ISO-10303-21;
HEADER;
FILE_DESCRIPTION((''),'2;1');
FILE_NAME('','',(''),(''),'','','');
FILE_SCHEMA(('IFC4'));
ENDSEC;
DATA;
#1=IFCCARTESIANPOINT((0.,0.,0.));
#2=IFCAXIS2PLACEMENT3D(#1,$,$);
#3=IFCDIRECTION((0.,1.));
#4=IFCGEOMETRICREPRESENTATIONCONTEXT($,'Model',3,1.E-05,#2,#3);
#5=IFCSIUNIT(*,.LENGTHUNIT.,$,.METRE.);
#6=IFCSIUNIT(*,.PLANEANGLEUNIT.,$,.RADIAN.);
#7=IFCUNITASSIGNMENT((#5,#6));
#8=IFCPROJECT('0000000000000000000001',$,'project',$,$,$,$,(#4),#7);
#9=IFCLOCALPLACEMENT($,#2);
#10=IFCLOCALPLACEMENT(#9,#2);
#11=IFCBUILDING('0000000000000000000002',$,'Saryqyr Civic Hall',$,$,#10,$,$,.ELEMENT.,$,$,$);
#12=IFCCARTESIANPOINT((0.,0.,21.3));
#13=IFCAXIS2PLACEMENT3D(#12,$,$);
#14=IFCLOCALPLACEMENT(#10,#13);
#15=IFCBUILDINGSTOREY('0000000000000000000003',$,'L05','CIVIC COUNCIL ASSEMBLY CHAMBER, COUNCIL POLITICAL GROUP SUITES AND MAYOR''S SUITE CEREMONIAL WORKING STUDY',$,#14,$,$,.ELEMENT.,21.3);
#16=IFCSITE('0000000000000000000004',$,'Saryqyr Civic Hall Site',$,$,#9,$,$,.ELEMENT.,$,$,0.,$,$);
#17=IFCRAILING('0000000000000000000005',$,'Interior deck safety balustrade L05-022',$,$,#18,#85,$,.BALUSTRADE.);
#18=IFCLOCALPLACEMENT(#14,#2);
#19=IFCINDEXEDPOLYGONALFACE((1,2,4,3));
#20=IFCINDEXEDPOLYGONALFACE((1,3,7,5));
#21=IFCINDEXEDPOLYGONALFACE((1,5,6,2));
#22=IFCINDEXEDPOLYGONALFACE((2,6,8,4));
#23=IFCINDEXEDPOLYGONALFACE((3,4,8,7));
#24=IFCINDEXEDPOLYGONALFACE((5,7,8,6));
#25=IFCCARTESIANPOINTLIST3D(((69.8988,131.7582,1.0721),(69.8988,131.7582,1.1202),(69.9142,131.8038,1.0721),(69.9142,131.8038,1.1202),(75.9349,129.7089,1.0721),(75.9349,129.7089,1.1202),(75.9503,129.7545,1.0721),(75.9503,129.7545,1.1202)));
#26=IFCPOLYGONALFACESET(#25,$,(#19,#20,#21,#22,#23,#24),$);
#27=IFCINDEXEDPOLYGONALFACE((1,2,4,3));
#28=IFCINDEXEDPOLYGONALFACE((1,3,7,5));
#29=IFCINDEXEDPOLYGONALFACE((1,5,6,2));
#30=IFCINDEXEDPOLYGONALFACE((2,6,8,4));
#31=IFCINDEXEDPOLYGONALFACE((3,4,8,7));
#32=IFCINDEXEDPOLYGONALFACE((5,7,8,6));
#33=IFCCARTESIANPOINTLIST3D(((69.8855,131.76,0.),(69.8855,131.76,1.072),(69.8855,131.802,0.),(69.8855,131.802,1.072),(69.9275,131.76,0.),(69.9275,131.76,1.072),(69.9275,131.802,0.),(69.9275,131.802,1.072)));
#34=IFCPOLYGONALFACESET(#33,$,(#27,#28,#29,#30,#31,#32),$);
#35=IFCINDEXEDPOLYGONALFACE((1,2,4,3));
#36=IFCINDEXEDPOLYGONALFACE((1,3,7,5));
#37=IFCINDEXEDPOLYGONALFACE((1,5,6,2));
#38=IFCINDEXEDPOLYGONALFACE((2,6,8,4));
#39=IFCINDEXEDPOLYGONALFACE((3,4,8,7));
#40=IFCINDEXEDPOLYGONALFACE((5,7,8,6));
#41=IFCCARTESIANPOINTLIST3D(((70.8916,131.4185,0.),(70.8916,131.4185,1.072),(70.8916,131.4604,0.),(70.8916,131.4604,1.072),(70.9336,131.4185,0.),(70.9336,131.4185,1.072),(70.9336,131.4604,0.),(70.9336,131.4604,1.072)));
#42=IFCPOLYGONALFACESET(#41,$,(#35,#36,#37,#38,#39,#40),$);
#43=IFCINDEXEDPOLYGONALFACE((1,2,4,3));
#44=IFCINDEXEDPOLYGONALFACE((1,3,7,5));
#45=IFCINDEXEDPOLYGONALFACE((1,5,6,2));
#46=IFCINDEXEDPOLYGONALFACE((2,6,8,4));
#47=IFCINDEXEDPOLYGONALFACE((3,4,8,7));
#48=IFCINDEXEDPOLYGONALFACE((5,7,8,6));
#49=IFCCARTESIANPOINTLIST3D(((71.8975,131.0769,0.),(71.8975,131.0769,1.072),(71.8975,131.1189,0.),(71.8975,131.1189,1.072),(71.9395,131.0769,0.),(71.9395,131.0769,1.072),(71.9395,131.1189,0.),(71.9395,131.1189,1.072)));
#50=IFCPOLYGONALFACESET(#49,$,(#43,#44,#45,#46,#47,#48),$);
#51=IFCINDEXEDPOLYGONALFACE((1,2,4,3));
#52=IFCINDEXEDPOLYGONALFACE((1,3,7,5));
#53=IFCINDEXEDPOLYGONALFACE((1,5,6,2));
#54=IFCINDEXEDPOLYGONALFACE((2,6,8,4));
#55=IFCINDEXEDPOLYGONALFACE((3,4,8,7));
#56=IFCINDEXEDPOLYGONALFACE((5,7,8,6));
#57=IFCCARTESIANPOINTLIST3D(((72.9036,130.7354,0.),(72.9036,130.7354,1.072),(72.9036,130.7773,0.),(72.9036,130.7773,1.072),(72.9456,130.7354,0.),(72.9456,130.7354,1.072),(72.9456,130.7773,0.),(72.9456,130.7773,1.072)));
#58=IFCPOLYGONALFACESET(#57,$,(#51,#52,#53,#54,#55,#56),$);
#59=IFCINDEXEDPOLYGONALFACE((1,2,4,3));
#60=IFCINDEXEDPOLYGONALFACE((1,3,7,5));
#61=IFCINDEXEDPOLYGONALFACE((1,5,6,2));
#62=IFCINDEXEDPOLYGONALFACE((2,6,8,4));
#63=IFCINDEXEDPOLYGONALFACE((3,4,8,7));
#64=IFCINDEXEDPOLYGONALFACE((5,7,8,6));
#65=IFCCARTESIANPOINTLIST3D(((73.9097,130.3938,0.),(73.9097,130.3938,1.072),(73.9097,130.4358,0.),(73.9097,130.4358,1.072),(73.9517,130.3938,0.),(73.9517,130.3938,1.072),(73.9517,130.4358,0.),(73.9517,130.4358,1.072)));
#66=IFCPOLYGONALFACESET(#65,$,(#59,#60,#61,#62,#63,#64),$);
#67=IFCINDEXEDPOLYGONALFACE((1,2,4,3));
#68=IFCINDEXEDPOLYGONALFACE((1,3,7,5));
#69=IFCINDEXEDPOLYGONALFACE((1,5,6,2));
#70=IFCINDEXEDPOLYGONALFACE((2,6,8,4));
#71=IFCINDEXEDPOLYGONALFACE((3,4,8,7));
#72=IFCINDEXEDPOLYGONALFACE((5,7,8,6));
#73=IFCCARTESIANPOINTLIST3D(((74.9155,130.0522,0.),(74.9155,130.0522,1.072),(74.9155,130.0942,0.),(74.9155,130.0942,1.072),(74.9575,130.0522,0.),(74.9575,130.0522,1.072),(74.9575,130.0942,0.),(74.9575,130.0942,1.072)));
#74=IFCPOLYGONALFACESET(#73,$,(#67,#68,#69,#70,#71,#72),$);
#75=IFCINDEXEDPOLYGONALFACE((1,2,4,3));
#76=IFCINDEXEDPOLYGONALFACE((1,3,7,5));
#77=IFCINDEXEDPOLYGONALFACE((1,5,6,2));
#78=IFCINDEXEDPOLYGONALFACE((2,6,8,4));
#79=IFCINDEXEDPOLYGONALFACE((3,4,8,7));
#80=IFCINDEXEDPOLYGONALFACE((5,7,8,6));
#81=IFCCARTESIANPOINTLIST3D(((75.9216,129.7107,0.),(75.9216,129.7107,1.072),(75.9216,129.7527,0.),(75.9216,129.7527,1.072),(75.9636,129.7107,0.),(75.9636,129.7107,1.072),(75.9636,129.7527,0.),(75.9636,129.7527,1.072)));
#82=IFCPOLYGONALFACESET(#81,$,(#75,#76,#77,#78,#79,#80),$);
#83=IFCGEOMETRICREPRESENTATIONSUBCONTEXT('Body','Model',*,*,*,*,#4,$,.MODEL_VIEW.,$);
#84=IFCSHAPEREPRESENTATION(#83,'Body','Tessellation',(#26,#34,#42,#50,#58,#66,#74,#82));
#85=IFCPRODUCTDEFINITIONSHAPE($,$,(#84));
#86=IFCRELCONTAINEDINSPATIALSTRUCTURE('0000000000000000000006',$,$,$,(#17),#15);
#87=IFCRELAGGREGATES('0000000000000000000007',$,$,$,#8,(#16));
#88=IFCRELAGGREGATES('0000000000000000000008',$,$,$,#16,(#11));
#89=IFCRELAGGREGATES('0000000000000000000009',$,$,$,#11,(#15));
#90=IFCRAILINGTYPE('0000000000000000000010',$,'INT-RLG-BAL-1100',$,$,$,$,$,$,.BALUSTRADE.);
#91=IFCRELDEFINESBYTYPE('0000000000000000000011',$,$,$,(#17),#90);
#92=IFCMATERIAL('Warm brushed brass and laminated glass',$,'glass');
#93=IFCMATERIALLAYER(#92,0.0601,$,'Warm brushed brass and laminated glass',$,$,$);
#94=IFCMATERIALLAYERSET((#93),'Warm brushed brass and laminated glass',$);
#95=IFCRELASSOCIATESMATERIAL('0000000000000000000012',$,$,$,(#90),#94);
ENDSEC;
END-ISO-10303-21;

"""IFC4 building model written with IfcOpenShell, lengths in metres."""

from ifc_helpers import new_model, si_unit, direction, frame, origin, origin_2d, place, context, subcontext, project, spatial, rectangle, extrude, material, layer, layer_set, type_object, element, save


model = new_model("IFC4")

# Units and contexts
model_context = context("Model", 3, precision=1e-05, world=origin(), true_north=direction((0.0, 1.0)))
body_context = subcontext(model_context, "Body", "Model", "MODEL_VIEW")
ifc_project = project(units=[si_unit("LENGTHUNIT", "METRE"), si_unit("PLANEANGLEUNIT", "RADIAN")], contexts=[model_context])

# Site, building, storey
site_placement = place(None, origin())
site = spatial("IfcSite", under=ifc_project, at=site_placement, Name="Saryqyr Civic Hall Site", CompositionType="ELEMENT", RefElevation=0.0)
building_placement = place(site_placement, origin())
building = spatial("IfcBuilding", under=site, at=building_placement, Name="Saryqyr Civic Hall", CompositionType="ELEMENT")
storey_placement = place(building_placement, frame((0.0, 0.0, 21.3)))
storey = spatial("IfcBuildingStorey", under=building, at=storey_placement, Name="L05", Description="CIVIC COUNCIL ASSEMBLY CHAMBER, COUNCIL POLITICAL GROUP SUITES AND MAYOR'S SUITE CEREMONIAL WORKING STUDY", CompositionType="ELEMENT", Elevation=21.3)

# Railing
ifc_material_1 = material(Name="Warm brushed brass and laminated glass", Category="glass")
ifc_layer_1 = layer(ifc_material_1, 0.0601, Name="Warm brushed brass and laminated glass")
ifc_layer_set_1 = layer_set([ifc_layer_1], Name="Warm brushed brass and laminated glass")
railing_type = type_object("IfcRailingType", Name="INT-RLG-BAL-1100", PredefinedType="BALUSTRADE", material=ifc_layer_set_1)
railing_1_placement = place(storey_placement, frame((69.9065, 131.781, 0.0)))
element("IfcRailing", 1, at=railing_1_placement, inside=storey, type_object=railing_type, Name="Interior deck safety balustrade L05-022", PredefinedType="BALUSTRADE", context=body_context, shape_type="SweptSolid", body=[
    extrude(rectangle(XDim=0.0481, YDim=0.0481, at=origin_2d()), frame((0.0, 0.0, 1.0962), z_axis=(0.946915, -0.321485, 0.0), x_axis=(0.321485, 0.946915, 0.0)), (0.0, 0.0, 1.0), 6.3745),
    extrude(rectangle(XDim=0.042, YDim=0.042, at=origin_2d()), origin(), (0.0, 0.0, 1.0), 1.072),
    extrude(rectangle(XDim=0.042, YDim=0.042, at=origin_2d()), frame((1.0061, -0.3416, 0.0)), (0.0, 0.0, 1.0), 1.072),
    extrude(rectangle(XDim=0.042, YDim=0.042, at=origin_2d()), frame((2.012, -0.6831, 0.0)), (0.0, 0.0, 1.0), 1.072),
    extrude(rectangle(XDim=0.042, YDim=0.042, at=origin_2d()), frame((3.0181, -1.0247, 0.0)), (0.0, 0.0, 1.0), 1.072),
    extrude(rectangle(XDim=0.042, YDim=0.042, at=origin_2d()), frame((4.0242, -1.3662, 0.0)), (0.0, 0.0, 1.0), 1.072),
    extrude(rectangle(XDim=0.042, YDim=0.042, at=origin_2d()), frame((5.03, -1.7078, 0.0)), (0.0, 0.0, 1.0), 1.072),
    extrude(rectangle(XDim=0.042, YDim=0.042, at=origin_2d()), frame((6.0361, -2.0493, 0.0)), (0.0, 0.0, 1.0), 1.072),
])

save(model, "model.ifc")
